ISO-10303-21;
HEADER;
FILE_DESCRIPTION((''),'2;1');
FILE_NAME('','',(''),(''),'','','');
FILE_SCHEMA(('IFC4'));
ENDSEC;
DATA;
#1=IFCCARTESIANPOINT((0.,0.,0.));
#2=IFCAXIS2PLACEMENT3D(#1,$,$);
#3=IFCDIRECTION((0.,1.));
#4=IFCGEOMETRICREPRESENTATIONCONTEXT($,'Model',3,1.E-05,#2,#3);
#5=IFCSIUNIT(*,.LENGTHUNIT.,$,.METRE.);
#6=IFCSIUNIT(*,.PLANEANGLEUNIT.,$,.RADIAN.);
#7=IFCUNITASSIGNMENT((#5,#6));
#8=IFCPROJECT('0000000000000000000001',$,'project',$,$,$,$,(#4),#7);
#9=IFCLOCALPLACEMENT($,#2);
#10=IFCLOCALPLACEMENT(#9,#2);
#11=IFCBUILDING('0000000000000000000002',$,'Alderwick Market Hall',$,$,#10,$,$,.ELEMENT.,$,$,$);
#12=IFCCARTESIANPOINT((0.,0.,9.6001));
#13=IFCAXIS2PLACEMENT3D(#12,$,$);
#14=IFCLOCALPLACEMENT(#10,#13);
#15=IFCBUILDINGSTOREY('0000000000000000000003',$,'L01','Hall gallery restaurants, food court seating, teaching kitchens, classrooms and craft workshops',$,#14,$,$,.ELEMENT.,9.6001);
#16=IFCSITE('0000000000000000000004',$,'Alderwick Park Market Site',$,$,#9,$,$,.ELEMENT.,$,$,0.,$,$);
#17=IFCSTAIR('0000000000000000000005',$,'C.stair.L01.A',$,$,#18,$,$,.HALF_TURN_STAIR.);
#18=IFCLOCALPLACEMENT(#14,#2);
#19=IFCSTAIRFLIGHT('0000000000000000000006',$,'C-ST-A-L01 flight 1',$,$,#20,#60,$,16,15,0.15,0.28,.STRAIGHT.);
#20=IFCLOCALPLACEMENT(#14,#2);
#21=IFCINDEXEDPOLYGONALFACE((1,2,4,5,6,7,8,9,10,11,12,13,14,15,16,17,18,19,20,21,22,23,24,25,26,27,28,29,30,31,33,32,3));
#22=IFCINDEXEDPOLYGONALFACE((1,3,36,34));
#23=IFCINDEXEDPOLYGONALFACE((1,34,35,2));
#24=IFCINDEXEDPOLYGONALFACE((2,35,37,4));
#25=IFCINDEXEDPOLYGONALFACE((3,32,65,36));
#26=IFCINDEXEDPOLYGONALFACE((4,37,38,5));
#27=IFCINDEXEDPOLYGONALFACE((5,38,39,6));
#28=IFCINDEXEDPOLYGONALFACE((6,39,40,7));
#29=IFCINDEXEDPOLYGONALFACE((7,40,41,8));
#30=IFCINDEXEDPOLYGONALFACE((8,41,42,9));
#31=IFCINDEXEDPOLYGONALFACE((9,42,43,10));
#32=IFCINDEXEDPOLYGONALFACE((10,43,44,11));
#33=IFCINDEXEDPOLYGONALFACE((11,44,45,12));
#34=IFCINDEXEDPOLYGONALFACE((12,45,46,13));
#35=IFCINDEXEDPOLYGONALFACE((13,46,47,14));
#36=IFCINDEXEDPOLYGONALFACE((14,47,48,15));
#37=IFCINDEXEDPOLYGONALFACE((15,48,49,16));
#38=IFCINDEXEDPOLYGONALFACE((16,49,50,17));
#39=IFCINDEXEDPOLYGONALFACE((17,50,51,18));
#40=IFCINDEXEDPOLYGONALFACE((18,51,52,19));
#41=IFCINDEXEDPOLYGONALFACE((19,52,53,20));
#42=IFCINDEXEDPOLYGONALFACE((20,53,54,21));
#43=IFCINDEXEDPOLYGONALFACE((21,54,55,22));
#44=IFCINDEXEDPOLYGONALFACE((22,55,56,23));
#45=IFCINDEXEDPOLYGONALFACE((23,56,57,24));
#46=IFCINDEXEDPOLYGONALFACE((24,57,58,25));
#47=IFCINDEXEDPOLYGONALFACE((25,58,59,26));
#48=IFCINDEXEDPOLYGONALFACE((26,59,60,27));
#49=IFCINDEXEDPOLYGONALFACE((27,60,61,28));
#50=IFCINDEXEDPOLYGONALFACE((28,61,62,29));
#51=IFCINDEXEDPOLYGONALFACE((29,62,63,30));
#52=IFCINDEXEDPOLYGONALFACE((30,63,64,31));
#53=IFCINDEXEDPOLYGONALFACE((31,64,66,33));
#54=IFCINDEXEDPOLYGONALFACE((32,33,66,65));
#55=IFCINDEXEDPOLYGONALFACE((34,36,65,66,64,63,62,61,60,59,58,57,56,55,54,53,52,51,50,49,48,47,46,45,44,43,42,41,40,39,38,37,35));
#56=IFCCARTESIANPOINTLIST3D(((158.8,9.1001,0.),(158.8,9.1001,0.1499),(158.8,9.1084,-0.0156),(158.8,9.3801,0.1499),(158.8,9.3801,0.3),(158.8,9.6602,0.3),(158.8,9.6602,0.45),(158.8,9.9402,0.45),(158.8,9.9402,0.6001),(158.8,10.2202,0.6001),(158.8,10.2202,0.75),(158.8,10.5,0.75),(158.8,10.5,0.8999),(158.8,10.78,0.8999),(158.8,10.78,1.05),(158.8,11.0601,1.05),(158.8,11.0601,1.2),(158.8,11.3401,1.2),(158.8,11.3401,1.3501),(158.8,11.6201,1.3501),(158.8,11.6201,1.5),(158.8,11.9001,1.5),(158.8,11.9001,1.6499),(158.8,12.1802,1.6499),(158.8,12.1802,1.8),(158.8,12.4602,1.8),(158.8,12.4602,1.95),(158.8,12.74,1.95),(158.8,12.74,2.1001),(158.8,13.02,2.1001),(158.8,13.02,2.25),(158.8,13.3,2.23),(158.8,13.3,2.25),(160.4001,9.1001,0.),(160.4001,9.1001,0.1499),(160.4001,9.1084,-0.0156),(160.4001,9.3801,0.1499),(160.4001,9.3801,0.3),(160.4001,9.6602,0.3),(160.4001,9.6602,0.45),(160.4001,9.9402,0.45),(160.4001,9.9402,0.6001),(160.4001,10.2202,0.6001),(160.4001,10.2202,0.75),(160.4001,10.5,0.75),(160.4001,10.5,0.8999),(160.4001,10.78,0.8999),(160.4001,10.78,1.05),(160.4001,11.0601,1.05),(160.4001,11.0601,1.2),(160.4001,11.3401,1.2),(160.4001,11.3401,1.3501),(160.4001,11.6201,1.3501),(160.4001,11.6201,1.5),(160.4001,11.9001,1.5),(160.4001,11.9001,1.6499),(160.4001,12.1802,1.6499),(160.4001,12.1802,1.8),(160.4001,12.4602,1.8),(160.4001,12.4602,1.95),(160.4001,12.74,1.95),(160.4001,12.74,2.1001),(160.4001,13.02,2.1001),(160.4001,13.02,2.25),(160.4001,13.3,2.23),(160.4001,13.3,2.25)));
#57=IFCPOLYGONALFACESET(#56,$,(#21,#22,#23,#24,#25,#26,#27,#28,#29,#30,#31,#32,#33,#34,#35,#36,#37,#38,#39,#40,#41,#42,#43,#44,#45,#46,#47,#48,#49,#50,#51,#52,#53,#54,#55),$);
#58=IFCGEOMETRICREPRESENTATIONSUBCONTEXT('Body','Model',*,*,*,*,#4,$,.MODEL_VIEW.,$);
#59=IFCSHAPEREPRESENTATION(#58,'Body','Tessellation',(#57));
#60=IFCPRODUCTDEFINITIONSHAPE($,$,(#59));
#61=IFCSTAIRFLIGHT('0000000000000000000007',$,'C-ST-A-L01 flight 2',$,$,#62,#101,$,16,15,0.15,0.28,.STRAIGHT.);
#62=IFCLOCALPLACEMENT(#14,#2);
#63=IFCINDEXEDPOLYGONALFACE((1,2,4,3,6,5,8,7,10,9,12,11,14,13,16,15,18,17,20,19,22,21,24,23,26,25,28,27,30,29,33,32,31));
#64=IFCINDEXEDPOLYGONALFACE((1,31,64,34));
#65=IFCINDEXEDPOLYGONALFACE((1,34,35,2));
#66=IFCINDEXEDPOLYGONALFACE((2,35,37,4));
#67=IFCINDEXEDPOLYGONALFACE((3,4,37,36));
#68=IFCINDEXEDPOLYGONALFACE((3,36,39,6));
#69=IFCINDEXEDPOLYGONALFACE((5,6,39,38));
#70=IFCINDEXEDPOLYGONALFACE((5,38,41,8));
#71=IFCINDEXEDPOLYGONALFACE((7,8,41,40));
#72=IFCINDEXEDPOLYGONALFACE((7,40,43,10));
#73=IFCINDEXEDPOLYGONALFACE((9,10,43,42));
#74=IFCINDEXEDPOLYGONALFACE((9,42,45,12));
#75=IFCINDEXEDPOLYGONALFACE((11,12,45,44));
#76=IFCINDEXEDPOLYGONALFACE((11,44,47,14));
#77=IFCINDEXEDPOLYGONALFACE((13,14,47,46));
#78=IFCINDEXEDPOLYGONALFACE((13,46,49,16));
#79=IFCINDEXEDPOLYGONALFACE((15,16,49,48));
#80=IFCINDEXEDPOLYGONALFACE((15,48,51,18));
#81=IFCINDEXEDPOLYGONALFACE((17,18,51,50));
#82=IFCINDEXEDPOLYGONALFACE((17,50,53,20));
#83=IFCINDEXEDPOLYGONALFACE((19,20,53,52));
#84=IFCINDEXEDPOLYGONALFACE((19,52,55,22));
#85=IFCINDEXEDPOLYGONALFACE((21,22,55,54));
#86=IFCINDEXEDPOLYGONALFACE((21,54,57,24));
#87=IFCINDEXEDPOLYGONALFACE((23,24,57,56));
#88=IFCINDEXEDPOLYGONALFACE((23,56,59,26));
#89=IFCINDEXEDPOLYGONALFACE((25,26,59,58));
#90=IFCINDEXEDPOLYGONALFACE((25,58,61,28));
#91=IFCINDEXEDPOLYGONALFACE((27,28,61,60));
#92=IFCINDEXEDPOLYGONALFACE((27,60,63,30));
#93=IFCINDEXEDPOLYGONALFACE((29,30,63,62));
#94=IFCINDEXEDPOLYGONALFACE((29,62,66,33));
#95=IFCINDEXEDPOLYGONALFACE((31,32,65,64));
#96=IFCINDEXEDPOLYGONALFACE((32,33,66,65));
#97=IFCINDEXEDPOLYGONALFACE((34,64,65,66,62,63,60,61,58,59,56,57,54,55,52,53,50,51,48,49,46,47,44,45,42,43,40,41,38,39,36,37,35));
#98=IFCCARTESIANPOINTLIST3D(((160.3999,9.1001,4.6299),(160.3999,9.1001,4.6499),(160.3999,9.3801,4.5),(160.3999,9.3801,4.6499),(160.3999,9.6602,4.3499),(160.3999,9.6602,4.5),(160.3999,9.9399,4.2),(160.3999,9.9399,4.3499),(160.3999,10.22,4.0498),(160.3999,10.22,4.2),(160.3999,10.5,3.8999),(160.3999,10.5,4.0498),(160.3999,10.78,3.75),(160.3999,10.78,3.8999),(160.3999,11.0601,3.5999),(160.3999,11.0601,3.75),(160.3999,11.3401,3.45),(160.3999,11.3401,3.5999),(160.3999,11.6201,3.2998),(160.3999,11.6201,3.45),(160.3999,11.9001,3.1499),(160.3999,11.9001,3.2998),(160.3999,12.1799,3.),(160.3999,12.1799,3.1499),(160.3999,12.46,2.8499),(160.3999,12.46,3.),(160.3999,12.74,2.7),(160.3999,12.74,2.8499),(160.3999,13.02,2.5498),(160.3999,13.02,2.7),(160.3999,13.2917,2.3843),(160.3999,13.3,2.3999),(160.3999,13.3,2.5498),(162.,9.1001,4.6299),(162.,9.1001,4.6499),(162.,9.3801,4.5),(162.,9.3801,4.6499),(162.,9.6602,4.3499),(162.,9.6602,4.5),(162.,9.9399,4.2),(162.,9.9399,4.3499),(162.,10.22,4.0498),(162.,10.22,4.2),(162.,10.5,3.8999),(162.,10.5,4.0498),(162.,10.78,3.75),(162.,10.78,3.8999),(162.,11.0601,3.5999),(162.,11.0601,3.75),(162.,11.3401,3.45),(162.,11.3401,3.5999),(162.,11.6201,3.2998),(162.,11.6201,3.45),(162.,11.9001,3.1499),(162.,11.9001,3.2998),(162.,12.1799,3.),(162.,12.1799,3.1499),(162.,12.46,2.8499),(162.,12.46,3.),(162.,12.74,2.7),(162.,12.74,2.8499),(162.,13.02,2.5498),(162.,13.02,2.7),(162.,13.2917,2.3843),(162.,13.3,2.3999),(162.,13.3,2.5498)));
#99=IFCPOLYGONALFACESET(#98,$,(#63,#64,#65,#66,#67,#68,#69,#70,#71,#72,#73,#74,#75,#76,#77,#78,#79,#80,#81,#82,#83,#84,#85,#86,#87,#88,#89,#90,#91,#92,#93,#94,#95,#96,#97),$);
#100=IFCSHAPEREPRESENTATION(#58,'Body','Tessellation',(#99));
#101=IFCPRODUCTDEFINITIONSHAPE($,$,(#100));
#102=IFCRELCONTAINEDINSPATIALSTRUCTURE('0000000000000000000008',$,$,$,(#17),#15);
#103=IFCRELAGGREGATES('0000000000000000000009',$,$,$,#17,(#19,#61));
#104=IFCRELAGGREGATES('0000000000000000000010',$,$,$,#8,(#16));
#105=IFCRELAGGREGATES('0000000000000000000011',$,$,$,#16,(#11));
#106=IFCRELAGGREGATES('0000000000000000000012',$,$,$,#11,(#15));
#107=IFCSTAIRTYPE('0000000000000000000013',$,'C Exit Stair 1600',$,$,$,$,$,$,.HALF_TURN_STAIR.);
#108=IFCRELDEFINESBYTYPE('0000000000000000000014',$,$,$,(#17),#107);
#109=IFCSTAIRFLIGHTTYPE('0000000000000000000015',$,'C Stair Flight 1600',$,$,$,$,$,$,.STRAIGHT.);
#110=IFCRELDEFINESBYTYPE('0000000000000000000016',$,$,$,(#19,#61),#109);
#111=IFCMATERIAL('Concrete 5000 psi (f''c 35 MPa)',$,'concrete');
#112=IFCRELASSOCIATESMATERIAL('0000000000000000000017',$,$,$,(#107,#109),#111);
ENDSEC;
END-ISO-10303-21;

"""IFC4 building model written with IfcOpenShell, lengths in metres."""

from ifc_helpers import new_model, si_unit, direction, frame, origin, place, context, subcontext, project, spatial, polyline, outline, extrude, material, type_object, element, aggregate, save


model = new_model("IFC4")

# Units and contexts
model_context = context("Model", 3, precision=1e-05, world=origin(), true_north=direction((0.0, 1.0)))
body_context = subcontext(model_context, "Body", "Model", "MODEL_VIEW")
ifc_project = project(units=[si_unit("LENGTHUNIT", "METRE"), si_unit("PLANEANGLEUNIT", "RADIAN")], contexts=[model_context])

# Site, building, storey
site_placement = place(None, origin())
site = spatial("IfcSite", under=ifc_project, at=site_placement, Name="Alderwick Park Market Site", CompositionType="ELEMENT", RefElevation=0.0)
building_placement = place(site_placement, origin())
building = spatial("IfcBuilding", under=site, at=building_placement, Name="Alderwick Market Hall", CompositionType="ELEMENT")
storey_placement = place(building_placement, frame((0.0, 0.0, 9.6001)))
storey = spatial("IfcBuildingStorey", under=building, at=storey_placement, Name="L01", Description="Hall gallery restaurants, food court seating, teaching kitchens, classrooms and craft workshops", CompositionType="ELEMENT", Elevation=9.6001)

# Shared definitions
ifc_material_1 = material(Name="Concrete 5000 psi (f'c 35 MPa)", Category="concrete")

# Stair, stair flights
stair_type = type_object("IfcStairType", Name="C Exit Stair 1600", PredefinedType="HALF_TURN_STAIR", material=ifc_material_1)
stair_placement = place(storey_placement, origin())
stair = element("IfcStair", 1, at=stair_placement, inside=storey, type_object=stair_type, Name="C.stair.L01.A", PredefinedType="HALF_TURN_STAIR")
stair_flight_type = type_object("IfcStairFlightType", Name="C Stair Flight 1600", PredefinedType="STRAIGHT", material=ifc_material_1)
stair_flight_1_placement = place(storey_placement, frame((159.6001, 9.1001, 0.0), z_axis=(0.0, 0.0, 1.0), x_axis=(0.0, 1.0, 0.0)))
stair_flight_1 = element("IfcStairFlight", 2, at=stair_flight_1_placement, type_object=stair_flight_type, Name="C-ST-A-L01 flight 1", NumberOfRisers=16, NumberOfTreads=15, PredefinedType="STRAIGHT", RiserHeight=0.15, TreadLength=0.28, context=body_context, shape_type="SweptSolid", body=[
    extrude(outline(polyline([(0.0083, -0.0156), (0.0, 0.0), (0.0, 0.1499), (0.28, 0.1499), (0.28, 0.3), (0.5601, 0.3), (0.5601, 0.45), (0.8401, 0.45), (0.8401, 0.6001), (1.1201, 0.6001), (1.1201, 0.75), (1.3999, 0.75), (1.3999, 0.8999), (1.6799, 0.8999), (1.6799, 1.05), (1.96, 1.05), (1.96, 1.2), (2.24, 1.2), (2.24, 1.3501), (2.52, 1.3501), (2.52, 1.5), (2.8, 1.5), (2.8, 1.6499), (3.0801, 1.6499), (3.0801, 1.8), (3.3601, 1.8), (3.3601, 1.95), (3.6399, 1.95), (3.6399, 2.1001), (3.9199, 2.1001), (3.9199, 2.25), (4.2, 2.25), (4.2, 2.23), (0.0083, -0.0156)])), frame((0.0, 0.8, 0.0), z_axis=(0.0, -1.0, 0.0), x_axis=(1.0, 0.0, 0.0)), (0.0, 0.0, 1.0), 1.6001),
])
stair_flight_2_placement = place(storey_placement, frame((161.2, 13.3, 2.3999), z_axis=(0.0, 0.0, 1.0), x_axis=(0.0, -1.0, 0.0)))
stair_flight_2 = element("IfcStairFlight", 3, at=stair_flight_2_placement, type_object=stair_flight_type, Name="C-ST-A-L01 flight 2", NumberOfRisers=16, NumberOfTreads=15, PredefinedType="STRAIGHT", RiserHeight=0.15, TreadLength=0.28, context=body_context, shape_type="SweptSolid", body=[
    extrude(outline(polyline([(0.0083, -0.0156), (0.0, 0.0), (0.0, 0.1499), (0.28, 0.1499), (0.28, 0.3), (0.5601, 0.3), (0.5601, 0.45), (0.8401, 0.45), (0.8401, 0.6001), (1.1201, 0.6001), (1.1201, 0.75), (1.3999, 0.75), (1.3999, 0.8999), (1.6799, 0.8999), (1.6799, 1.05), (1.96, 1.05), (1.96, 1.2), (2.24, 1.2), (2.24, 1.3501), (2.52, 1.3501), (2.52, 1.5), (2.8, 1.5), (2.8, 1.6499), (3.0801, 1.6499), (3.0801, 1.8), (3.3601, 1.8), (3.3601, 1.95), (3.6399, 1.95), (3.6399, 2.1001), (3.9199, 2.1001), (3.9199, 2.25), (4.2, 2.25), (4.2, 2.23), (0.0083, -0.0156)])), frame((0.0, 0.8, 0.0), z_axis=(0.0, -1.0, 0.0), x_axis=(1.0, 0.0, 0.0)), (0.0, 0.0, 1.0), 1.6001),
])
aggregate(stair, [stair_flight_1, stair_flight_2])

save(model, "model.ifc")
